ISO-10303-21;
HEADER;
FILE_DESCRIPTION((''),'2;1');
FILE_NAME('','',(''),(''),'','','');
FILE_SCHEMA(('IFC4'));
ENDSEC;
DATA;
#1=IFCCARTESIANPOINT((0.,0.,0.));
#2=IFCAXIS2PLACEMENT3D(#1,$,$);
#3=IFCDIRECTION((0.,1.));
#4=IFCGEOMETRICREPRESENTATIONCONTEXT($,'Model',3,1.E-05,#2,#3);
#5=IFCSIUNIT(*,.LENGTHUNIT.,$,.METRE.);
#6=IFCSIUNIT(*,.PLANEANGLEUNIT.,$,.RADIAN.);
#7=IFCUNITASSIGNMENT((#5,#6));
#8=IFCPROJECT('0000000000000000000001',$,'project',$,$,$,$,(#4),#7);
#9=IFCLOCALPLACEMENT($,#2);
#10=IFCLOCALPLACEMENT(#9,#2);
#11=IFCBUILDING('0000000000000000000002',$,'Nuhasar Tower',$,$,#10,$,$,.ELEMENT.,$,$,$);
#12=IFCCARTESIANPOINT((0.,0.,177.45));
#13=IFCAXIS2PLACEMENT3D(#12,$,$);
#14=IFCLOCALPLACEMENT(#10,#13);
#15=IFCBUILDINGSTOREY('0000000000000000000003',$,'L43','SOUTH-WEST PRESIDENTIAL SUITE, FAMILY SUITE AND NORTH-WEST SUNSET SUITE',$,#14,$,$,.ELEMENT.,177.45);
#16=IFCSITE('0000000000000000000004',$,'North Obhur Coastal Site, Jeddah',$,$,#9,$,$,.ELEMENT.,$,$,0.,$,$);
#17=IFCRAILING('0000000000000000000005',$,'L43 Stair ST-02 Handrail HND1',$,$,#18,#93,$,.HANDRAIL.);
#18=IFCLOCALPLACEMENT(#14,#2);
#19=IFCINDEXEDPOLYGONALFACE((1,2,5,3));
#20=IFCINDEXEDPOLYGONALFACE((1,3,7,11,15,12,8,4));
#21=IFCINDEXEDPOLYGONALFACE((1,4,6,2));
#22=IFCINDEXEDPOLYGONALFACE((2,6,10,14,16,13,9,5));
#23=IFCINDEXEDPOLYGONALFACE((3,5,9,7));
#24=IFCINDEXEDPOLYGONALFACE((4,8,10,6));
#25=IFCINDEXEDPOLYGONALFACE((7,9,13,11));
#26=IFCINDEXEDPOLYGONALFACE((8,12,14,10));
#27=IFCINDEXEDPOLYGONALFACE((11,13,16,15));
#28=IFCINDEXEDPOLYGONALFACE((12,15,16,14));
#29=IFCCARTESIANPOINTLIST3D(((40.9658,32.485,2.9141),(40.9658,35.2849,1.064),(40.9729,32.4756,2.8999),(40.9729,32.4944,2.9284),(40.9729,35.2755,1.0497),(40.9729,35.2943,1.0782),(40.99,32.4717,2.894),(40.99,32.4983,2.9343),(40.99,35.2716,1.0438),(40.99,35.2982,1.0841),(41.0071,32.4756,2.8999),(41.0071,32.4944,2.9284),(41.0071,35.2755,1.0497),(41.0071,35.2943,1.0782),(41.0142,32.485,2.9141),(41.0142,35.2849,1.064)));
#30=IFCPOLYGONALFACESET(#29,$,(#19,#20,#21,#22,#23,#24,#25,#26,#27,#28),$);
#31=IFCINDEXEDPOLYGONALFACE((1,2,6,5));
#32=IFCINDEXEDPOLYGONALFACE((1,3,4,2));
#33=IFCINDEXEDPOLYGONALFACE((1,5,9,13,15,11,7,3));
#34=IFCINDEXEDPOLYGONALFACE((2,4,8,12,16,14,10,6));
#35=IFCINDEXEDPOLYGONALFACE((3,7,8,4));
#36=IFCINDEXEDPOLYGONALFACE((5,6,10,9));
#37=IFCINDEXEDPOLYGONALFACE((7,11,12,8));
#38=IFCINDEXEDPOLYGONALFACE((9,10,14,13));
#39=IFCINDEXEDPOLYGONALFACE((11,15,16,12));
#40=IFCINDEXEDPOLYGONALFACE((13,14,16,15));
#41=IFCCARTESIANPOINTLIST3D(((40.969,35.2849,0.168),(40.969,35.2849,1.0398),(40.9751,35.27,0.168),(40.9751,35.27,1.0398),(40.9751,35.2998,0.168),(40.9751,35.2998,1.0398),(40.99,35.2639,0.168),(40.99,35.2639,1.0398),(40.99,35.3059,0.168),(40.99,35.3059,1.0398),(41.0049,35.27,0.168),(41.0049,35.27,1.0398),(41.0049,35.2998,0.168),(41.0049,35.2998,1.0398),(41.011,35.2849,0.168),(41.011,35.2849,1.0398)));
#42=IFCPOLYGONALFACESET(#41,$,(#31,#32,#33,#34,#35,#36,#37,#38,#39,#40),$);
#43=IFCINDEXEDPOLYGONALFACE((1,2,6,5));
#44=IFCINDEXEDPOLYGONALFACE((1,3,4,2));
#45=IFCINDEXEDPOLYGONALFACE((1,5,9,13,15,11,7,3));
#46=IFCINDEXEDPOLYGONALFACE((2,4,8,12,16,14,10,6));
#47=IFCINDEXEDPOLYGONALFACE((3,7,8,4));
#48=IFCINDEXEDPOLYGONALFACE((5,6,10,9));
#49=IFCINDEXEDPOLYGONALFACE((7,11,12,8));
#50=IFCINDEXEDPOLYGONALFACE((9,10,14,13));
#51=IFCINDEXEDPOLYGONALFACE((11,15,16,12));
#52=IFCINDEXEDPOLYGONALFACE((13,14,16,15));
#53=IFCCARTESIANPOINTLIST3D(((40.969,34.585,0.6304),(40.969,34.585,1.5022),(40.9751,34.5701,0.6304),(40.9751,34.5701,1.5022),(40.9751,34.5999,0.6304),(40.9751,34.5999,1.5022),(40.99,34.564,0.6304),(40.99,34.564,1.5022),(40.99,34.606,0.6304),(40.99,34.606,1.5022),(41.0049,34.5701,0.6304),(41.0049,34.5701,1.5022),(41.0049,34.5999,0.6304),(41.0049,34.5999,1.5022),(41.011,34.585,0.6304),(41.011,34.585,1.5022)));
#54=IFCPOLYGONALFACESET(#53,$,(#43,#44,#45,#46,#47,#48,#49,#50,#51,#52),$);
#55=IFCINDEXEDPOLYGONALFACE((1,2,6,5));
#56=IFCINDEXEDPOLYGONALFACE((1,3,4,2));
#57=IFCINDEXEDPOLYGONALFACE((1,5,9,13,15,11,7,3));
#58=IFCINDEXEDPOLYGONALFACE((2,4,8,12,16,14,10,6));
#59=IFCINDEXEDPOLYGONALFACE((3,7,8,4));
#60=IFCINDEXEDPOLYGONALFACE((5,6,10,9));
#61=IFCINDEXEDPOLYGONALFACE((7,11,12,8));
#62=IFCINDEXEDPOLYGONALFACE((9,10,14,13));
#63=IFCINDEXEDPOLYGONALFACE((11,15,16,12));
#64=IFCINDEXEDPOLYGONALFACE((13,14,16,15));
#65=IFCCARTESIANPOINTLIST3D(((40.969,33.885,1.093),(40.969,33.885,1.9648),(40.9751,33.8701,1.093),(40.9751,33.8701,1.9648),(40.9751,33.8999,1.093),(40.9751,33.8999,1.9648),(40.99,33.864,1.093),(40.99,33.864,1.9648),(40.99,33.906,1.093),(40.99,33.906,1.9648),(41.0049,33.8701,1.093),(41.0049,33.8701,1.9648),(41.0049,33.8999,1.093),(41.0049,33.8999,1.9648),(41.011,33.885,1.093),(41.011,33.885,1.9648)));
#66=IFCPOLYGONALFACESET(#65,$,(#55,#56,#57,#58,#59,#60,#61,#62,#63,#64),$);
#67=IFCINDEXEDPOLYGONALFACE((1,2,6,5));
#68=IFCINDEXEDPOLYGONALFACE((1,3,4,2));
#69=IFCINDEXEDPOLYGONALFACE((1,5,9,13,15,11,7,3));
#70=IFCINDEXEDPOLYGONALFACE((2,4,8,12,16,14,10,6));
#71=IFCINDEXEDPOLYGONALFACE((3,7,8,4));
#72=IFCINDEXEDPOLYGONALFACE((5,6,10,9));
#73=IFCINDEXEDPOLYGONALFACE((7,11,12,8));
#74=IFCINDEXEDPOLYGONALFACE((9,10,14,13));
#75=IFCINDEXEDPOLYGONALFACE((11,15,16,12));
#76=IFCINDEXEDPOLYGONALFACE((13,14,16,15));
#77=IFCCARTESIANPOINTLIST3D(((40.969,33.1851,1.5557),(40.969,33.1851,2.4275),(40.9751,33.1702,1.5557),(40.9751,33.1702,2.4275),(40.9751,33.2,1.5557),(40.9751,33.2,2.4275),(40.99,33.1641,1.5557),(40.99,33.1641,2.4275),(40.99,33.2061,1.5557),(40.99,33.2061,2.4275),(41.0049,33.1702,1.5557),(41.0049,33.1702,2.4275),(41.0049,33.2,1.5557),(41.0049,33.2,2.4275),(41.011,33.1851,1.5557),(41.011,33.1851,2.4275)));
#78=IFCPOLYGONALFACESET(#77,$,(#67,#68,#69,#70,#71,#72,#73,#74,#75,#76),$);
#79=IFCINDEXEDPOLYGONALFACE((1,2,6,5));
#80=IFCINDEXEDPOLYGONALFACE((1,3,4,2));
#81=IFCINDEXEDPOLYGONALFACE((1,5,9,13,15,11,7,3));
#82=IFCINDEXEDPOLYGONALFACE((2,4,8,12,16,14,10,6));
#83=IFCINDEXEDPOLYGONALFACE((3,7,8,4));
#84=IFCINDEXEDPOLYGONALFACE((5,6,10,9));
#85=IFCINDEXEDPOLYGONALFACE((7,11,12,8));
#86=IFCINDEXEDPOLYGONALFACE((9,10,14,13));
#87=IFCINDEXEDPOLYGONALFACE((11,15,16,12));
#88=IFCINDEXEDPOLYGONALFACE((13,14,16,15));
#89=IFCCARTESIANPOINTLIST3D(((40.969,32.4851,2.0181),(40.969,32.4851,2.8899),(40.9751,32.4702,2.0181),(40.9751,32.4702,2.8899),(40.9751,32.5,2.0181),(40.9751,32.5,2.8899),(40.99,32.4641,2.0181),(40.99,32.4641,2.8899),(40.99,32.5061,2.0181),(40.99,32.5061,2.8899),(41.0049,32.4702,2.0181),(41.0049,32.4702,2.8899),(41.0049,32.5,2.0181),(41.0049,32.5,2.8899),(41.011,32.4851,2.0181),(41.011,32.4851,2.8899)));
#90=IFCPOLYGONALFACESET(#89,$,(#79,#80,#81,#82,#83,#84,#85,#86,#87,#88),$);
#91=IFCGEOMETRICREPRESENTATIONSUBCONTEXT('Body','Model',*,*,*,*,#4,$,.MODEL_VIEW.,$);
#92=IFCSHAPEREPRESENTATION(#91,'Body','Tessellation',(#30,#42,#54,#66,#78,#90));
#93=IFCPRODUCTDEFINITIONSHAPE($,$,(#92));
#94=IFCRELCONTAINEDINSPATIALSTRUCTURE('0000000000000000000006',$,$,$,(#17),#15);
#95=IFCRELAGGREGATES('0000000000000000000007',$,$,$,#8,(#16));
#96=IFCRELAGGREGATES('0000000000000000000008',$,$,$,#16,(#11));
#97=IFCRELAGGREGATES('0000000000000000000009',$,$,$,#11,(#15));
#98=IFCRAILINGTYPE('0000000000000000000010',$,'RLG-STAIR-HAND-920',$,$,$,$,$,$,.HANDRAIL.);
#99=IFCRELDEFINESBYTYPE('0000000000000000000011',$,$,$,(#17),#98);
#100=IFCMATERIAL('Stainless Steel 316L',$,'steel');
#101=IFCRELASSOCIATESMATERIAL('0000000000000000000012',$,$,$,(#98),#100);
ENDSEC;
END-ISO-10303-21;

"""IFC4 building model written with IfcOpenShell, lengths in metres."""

from ifc_helpers import new_model, si_unit, direction, frame, origin, place, context, subcontext, project, spatial, polyline, outline, extrude, material, type_object, element, save


model = new_model("IFC4")

# Units and contexts
model_context = context("Model", 3, precision=1e-05, world=origin(), true_north=direction((0.0, 1.0)))
body_context = subcontext(model_context, "Body", "Model", "MODEL_VIEW")
ifc_project = project(units=[si_unit("LENGTHUNIT", "METRE"), si_unit("PLANEANGLEUNIT", "RADIAN")], contexts=[model_context])

# Site, building, storey
site_placement = place(None, origin())
site = spatial("IfcSite", under=ifc_project, at=site_placement, Name="North Obhur Coastal Site, Jeddah", CompositionType="ELEMENT", RefElevation=0.0)
building_placement = place(site_placement, origin())
building = spatial("IfcBuilding", under=site, at=building_placement, Name="Nuhasar Tower", CompositionType="ELEMENT")
storey_placement = place(building_placement, frame((0.0, 0.0, 177.45)))
storey = spatial("IfcBuildingStorey", under=building, at=storey_placement, Name="L43", Description="SOUTH-WEST PRESIDENTIAL SUITE, FAMILY SUITE AND NORTH-WEST SUNSET SUITE", CompositionType="ELEMENT", Elevation=177.45)

# Railing
ifc_material_1 = material(Name="Stainless Steel 316L", Category="steel")
railing_type_1 = type_object("IfcRailingType", Name="RLG-STAIR-HAND-920", PredefinedType="HANDRAIL", material=ifc_material_1)
railing_1_placement = place(storey_placement, frame((40.99, 35.2849, 0.168)))
element("IfcRailing", 1, at=railing_1_placement, inside=storey, type_object=railing_type_1, Name="L43 Stair ST-02 Handrail HND1", PredefinedType="HANDRAIL", context=body_context, shape_type="SweptSolid", body=[
    extrude(outline(polyline([(0.0242, 0.0), (0.0171, 0.0171), (0.0, 0.0242), (-0.0171, 0.0171), (-0.0242, 0.0), (-0.0171, -0.0171), (0.0, -0.0242), (0.0171, -0.0171), (0.0242, 0.0)])), frame((0.0, 0.0, 0.896), z_axis=(0.0, -0.834304, 0.551304), x_axis=(1.0, 0.0, 0.0)), (0.0, 0.0, 1.0), 3.356),
    extrude(outline(polyline([(0.021, 0.0), (0.0149, 0.0149), (0.0, 0.021), (-0.0149, 0.0149), (-0.021, 0.0), (-0.0149, -0.0149), (0.0, -0.021), (0.0149, -0.0149), (0.021, 0.0)])), origin(), (0.0, 0.0, 1.0), 0.8718),
    extrude(outline(polyline([(0.021, 0.0), (0.0149, 0.0149), (0.0, 0.021), (-0.0149, 0.0149), (-0.021, 0.0), (-0.0149, -0.0149), (0.0, -0.021), (0.0149, -0.0149), (0.021, 0.0)])), frame((0.0, -0.7, 0.4624)), (0.0, 0.0, 1.0), 0.8718),
    extrude(outline(polyline([(0.021, 0.0), (0.0149, 0.0149), (0.0, 0.021), (-0.0149, 0.0149), (-0.021, 0.0), (-0.0149, -0.0149), (0.0, -0.021), (0.0149, -0.0149), (0.021, 0.0)])), frame((0.0, -1.3999, 0.925)), (0.0, 0.0, 1.0), 0.8718),
    extrude(outline(polyline([(0.021, 0.0), (0.0149, 0.0149), (0.0, 0.021), (-0.0149, 0.0149), (-0.021, 0.0), (-0.0149, -0.0149), (0.0, -0.021), (0.0149, -0.0149), (0.021, 0.0)])), frame((0.0, -2.0999, 1.3877)), (0.0, 0.0, 1.0), 0.8718),
    extrude(outline(polyline([(0.021, 0.0), (0.0149, 0.0149), (0.0, 0.021), (-0.0149, 0.0149), (-0.021, 0.0), (-0.0149, -0.0149), (0.0, -0.021), (0.0149, -0.0149), (0.021, 0.0)])), frame((0.0, -2.7998, 1.8501)), (0.0, 0.0, 1.0), 0.8718),
])

save(model, "model.ifc")
